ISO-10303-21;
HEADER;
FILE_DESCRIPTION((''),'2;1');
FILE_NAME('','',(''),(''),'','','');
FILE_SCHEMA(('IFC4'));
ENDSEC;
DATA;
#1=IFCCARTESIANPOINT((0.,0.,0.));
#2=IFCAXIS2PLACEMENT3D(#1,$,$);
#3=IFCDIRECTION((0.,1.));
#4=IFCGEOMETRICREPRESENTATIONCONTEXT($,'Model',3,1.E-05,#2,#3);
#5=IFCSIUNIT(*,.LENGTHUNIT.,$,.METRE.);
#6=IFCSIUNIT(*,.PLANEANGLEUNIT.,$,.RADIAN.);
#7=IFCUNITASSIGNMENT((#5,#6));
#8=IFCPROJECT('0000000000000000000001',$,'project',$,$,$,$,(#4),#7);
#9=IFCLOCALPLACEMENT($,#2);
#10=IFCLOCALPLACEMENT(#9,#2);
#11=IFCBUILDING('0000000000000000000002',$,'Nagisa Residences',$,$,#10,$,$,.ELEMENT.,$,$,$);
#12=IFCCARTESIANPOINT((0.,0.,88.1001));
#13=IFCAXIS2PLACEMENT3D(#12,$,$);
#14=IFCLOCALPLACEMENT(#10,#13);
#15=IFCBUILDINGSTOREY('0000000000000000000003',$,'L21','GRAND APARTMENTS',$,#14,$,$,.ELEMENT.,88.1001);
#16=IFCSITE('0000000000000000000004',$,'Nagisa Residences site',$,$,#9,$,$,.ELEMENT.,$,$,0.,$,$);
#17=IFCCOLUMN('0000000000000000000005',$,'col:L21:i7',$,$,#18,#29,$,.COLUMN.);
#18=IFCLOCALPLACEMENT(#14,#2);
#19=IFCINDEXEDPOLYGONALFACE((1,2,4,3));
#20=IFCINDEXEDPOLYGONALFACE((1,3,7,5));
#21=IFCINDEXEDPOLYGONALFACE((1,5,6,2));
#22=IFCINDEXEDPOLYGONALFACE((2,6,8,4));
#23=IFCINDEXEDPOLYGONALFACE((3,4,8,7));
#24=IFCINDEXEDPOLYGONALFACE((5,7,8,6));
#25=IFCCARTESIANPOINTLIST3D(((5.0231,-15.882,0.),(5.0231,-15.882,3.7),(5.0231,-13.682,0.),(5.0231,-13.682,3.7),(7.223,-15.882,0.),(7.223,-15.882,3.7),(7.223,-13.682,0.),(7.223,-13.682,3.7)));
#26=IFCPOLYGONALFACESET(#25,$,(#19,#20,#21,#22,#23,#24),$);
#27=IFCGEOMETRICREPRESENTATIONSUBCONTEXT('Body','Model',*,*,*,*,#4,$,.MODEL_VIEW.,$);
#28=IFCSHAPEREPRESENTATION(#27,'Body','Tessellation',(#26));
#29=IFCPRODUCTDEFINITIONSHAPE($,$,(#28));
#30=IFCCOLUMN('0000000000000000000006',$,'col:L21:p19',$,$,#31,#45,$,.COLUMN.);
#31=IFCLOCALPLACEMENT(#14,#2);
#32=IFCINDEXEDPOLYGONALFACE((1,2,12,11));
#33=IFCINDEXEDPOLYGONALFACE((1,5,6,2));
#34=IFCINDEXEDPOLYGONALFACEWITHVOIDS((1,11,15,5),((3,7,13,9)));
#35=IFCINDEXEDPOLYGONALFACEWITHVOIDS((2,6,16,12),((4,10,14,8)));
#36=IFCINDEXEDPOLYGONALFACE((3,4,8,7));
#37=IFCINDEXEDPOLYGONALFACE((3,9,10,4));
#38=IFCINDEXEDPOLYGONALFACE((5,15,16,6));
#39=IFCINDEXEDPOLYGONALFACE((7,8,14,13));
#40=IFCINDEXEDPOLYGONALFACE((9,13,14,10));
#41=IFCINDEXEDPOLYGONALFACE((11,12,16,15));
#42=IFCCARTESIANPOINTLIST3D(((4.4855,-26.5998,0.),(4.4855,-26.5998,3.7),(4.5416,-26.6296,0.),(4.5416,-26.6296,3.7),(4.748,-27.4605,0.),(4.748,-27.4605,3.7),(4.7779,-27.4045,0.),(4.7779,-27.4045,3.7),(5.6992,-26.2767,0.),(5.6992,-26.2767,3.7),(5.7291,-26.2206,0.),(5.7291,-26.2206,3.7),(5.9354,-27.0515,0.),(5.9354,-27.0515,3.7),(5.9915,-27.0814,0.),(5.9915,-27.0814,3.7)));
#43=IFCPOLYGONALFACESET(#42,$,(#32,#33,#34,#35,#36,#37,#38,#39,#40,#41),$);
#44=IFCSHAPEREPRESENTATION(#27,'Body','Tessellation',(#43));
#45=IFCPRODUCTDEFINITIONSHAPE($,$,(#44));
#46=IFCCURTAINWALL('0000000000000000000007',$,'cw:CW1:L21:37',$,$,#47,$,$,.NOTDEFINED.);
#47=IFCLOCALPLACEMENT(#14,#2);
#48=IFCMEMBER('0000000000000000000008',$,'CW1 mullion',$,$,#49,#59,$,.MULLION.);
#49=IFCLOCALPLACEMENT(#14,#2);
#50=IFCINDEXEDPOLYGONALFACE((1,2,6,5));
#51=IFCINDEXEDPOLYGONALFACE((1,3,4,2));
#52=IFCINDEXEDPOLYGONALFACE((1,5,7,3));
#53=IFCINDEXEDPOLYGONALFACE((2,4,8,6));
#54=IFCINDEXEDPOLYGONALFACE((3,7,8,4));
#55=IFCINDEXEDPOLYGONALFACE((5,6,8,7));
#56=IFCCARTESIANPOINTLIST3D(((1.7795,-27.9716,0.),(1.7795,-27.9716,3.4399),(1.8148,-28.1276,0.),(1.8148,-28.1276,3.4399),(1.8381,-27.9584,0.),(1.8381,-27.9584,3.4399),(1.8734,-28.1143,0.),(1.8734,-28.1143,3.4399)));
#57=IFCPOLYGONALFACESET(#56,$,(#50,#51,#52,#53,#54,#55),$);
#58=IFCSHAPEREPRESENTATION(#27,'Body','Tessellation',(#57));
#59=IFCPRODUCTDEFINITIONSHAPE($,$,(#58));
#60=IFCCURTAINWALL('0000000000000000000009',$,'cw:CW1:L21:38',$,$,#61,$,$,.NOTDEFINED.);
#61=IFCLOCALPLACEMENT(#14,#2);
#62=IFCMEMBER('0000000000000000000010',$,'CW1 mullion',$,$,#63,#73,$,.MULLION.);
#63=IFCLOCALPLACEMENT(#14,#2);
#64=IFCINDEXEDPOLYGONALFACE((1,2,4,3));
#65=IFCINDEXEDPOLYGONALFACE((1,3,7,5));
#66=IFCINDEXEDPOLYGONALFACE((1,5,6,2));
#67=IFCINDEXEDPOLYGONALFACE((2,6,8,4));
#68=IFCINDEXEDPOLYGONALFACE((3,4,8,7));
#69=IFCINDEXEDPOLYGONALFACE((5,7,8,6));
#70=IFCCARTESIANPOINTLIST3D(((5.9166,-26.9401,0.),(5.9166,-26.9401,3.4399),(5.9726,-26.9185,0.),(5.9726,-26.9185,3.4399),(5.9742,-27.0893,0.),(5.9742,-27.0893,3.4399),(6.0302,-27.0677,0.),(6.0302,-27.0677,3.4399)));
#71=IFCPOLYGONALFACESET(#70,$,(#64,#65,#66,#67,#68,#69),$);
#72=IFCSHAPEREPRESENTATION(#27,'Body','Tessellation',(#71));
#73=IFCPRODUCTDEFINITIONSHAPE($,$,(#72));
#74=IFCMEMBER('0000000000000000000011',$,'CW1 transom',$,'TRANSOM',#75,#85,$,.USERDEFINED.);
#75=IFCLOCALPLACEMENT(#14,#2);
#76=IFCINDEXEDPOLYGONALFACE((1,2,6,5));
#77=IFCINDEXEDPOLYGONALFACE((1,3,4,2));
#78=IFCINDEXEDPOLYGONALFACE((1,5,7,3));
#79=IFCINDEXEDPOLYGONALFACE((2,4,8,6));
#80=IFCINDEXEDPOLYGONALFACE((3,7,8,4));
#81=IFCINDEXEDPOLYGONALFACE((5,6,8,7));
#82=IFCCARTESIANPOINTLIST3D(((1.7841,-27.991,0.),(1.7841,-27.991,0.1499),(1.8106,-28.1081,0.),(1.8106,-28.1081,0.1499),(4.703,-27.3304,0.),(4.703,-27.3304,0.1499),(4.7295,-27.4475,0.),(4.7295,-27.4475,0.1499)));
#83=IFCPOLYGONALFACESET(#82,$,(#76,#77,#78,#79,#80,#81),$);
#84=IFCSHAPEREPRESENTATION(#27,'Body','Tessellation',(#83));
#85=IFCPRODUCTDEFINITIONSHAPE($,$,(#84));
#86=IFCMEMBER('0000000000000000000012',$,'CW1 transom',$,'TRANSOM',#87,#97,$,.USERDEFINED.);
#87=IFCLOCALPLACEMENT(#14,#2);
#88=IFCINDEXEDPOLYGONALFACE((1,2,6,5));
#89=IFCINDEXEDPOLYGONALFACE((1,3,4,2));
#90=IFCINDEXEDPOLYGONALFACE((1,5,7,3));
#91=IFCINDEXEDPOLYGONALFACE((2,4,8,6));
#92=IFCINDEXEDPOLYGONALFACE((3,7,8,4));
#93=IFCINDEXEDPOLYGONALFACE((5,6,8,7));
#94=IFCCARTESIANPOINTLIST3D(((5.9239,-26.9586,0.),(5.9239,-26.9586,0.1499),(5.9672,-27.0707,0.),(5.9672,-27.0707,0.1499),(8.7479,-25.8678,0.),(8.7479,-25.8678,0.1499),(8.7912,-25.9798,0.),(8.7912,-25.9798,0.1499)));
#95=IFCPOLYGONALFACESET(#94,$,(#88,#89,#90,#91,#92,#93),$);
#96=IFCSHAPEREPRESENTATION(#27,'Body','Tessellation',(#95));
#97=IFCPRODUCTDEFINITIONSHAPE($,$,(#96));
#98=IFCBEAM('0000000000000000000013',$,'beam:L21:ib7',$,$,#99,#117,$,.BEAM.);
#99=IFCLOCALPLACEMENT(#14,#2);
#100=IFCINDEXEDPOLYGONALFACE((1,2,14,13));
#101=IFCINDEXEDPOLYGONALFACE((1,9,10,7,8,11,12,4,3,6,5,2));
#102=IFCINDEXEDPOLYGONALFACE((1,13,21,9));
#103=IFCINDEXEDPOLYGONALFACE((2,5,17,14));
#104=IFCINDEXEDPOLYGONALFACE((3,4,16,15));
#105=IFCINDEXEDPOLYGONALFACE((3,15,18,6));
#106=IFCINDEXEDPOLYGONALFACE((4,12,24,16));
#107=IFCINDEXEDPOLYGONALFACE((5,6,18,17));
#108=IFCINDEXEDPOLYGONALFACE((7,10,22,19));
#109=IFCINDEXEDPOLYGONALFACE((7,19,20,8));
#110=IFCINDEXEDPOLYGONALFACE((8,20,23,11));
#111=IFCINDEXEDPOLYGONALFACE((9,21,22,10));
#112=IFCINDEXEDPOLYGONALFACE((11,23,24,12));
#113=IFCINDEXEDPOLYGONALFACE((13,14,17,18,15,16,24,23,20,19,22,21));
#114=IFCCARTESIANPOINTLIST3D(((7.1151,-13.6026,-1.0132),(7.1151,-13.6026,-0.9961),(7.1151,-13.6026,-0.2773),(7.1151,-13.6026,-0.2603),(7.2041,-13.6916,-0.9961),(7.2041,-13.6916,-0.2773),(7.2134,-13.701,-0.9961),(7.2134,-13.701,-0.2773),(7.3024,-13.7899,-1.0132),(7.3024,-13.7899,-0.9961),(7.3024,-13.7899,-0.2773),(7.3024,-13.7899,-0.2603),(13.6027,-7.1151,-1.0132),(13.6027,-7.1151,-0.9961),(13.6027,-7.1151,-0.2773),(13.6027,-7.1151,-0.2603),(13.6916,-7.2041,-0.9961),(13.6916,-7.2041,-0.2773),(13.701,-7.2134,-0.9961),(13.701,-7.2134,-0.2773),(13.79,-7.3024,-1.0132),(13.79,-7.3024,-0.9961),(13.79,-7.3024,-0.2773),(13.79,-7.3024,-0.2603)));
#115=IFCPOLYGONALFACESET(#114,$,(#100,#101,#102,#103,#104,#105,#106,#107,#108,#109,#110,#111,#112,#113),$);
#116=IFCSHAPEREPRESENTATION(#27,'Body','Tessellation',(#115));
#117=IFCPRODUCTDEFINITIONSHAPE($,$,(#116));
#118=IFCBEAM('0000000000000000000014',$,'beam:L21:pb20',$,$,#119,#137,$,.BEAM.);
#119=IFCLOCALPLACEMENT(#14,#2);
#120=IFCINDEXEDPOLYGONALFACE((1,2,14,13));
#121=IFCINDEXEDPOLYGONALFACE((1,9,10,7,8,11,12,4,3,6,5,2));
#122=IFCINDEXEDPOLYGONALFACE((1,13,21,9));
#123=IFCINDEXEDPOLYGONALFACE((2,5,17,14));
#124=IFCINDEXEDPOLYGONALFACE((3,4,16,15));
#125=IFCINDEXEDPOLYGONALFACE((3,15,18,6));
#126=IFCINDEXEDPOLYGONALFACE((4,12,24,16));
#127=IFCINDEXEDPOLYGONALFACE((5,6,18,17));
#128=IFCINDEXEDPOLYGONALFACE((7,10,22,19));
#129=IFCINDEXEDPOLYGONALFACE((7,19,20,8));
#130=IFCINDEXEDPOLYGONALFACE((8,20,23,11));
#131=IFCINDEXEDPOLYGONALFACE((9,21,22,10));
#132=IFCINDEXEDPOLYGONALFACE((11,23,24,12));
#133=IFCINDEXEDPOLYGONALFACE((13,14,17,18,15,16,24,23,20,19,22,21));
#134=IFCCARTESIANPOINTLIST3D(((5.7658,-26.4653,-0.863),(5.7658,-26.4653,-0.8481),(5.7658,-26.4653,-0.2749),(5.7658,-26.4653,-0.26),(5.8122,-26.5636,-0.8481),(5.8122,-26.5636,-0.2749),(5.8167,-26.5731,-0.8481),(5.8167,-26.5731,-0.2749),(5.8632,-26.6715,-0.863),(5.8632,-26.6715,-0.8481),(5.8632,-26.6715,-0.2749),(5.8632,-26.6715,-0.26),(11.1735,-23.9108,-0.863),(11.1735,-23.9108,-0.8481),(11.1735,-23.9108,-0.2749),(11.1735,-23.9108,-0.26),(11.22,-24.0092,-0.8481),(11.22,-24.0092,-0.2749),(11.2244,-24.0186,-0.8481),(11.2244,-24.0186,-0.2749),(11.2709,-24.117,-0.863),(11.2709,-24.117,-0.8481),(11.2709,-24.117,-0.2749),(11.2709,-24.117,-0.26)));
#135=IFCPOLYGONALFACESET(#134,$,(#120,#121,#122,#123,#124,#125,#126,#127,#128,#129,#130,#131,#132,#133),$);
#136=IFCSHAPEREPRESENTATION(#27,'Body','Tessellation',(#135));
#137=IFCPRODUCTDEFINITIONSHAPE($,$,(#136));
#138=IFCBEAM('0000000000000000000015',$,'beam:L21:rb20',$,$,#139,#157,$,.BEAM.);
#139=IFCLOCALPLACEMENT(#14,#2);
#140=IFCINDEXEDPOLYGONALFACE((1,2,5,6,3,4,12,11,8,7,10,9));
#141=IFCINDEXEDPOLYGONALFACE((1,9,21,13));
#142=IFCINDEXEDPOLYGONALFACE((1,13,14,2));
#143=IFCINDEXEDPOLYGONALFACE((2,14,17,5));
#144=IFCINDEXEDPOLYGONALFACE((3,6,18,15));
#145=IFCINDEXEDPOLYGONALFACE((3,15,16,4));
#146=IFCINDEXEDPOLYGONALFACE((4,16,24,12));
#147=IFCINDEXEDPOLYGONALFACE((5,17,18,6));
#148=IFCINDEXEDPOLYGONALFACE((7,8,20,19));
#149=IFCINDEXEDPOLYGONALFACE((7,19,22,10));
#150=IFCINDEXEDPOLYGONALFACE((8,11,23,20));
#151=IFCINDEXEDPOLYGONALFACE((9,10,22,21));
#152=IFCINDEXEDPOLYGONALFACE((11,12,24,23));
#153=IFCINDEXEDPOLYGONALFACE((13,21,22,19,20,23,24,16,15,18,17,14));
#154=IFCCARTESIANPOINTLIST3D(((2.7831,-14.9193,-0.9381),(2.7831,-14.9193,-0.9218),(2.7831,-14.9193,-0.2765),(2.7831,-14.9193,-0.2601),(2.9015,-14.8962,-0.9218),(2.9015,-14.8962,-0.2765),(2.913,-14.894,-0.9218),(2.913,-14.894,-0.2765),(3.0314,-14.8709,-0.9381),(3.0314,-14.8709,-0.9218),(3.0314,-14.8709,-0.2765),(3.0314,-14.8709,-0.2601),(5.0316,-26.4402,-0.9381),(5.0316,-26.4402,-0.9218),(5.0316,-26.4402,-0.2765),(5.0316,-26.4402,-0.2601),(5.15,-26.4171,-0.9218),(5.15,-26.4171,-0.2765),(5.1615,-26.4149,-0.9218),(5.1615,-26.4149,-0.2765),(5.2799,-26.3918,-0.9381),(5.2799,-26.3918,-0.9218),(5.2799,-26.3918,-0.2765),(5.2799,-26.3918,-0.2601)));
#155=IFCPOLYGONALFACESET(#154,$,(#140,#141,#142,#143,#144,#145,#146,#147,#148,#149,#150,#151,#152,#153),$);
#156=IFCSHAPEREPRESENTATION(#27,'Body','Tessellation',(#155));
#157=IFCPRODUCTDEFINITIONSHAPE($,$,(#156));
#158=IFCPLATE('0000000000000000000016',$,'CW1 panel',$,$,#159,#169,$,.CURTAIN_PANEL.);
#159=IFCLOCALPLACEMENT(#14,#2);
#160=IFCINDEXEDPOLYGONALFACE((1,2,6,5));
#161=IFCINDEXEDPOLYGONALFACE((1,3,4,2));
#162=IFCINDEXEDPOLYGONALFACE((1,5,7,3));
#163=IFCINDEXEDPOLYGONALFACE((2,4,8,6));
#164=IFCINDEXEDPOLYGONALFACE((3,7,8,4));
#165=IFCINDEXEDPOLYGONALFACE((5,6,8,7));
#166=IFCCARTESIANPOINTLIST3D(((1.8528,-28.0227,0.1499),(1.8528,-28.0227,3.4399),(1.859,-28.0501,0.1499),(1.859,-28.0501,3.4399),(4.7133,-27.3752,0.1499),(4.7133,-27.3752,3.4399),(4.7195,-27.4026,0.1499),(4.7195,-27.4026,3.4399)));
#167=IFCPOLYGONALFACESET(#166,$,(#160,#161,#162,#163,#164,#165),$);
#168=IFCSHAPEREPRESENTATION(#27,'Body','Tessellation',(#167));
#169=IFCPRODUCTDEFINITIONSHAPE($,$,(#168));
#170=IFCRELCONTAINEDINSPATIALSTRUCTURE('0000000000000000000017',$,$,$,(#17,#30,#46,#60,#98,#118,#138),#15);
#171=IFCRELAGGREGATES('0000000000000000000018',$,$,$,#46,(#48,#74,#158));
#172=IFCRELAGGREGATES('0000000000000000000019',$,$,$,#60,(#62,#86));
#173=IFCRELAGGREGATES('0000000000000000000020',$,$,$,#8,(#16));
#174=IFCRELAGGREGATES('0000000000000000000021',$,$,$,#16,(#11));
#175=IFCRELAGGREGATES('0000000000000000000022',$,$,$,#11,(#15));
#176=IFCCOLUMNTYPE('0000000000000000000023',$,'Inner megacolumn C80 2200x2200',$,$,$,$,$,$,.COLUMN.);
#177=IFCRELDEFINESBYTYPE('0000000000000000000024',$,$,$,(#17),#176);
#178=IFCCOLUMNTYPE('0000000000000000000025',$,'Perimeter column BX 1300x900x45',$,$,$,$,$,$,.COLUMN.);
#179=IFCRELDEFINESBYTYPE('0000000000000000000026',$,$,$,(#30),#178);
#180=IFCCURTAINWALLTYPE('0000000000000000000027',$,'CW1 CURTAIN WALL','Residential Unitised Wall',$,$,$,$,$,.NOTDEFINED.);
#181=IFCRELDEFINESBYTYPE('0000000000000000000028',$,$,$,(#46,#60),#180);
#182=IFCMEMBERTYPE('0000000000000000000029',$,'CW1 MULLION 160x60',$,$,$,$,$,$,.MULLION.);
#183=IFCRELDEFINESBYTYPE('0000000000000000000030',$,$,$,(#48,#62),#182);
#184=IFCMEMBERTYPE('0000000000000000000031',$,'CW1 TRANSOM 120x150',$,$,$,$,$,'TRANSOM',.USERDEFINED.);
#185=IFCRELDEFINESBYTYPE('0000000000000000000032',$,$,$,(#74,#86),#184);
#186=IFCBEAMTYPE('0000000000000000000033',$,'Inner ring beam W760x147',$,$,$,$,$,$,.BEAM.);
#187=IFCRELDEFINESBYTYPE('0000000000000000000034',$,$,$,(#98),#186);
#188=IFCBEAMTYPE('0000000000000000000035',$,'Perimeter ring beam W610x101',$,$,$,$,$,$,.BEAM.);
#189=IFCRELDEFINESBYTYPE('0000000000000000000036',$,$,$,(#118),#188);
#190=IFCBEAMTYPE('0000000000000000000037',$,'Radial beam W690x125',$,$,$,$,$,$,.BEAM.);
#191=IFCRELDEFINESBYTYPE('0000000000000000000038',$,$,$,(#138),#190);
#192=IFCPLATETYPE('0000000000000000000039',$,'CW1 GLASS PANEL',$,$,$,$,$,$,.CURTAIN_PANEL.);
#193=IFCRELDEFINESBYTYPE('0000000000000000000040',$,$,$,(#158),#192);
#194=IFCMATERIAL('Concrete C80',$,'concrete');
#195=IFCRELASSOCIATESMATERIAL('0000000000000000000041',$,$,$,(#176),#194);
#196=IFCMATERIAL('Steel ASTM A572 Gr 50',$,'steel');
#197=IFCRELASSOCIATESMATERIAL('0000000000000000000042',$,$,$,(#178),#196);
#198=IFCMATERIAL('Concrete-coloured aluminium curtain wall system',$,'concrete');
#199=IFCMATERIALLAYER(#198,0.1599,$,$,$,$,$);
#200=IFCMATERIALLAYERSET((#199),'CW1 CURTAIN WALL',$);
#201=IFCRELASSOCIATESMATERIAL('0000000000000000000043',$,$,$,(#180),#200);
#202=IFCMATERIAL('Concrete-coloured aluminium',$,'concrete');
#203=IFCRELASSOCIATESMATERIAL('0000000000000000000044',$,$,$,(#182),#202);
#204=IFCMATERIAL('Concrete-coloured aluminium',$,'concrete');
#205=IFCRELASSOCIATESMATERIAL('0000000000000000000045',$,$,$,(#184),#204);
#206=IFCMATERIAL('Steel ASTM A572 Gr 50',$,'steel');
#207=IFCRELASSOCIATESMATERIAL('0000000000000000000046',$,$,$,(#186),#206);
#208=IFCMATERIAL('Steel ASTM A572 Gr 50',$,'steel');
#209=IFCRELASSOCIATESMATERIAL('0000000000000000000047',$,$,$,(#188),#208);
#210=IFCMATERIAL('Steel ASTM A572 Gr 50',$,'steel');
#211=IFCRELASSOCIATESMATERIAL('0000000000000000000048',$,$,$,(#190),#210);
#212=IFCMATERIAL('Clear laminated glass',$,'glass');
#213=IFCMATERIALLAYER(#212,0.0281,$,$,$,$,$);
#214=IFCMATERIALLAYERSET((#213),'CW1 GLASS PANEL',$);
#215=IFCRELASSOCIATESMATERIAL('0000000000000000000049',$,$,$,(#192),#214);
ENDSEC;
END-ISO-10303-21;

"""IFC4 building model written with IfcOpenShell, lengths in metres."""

from ifc_helpers import new_model, si_unit, direction, frame, origin, origin_2d, place, context, subcontext, project, spatial, rectangle, hollow_rectangle, i_section, extrude, material, layer, layer_set, material_profile, profile_set, type_object, element, aggregate, save


model = new_model("IFC4")

# Units and contexts
model_context = context("Model", 3, precision=1e-05, world=origin(), true_north=direction((0.0, 1.0)))
body_context = subcontext(model_context, "Body", "Model", "MODEL_VIEW")
ifc_project = project(units=[si_unit("LENGTHUNIT", "METRE"), si_unit("PLANEANGLEUNIT", "RADIAN")], contexts=[model_context])

# Site, building, storey
site_placement = place(None, origin())
site = spatial("IfcSite", under=ifc_project, at=site_placement, Name="Nagisa Residences site", CompositionType="ELEMENT", RefElevation=0.0)
building_placement = place(site_placement, origin())
building = spatial("IfcBuilding", under=site, at=building_placement, Name="Nagisa Residences", CompositionType="ELEMENT")
storey_placement = place(building_placement, frame((0.0, 0.0, 88.1001)))
storey = spatial("IfcBuildingStorey", under=building, at=storey_placement, Name="L21", Description="GRAND APARTMENTS", CompositionType="ELEMENT", Elevation=88.1001)

# Columns
ifc_material_1 = material(Name="Concrete C80", Category="concrete")
ifc_material_profile_1 = material_profile(ifc_material_1, rectangle(XDim=2.2, YDim=2.2, at=origin_2d()), Name="C80 2200x2200")
ifc_profile_set_1 = profile_set([ifc_material_profile_1], Name="Concrete C80")
column_type_1 = type_object("IfcColumnType", Name="Inner megacolumn C80 2200x2200", PredefinedType="COLUMN", material=ifc_profile_set_1)
column_1_placement = place(storey_placement, frame((6.123, -14.782, 0.0), z_axis=(0.0, 0.0, 1.0), x_axis=(1.0, 0.0, 0.0)))
element("IfcColumn", 1, at=column_1_placement, inside=storey, type_object=column_type_1, Name="col:L21:i7", PredefinedType="COLUMN", context=body_context, shape_type="SweptSolid", body=[
    extrude(rectangle(XDim=2.2, YDim=2.2, at=origin_2d()), origin(), (0.0, 0.0, 1.0), 3.7),
])
ifc_material_2 = material(Name="Steel ASTM A572 Gr 50", Category="steel")
ifc_material_profile_2 = material_profile(ifc_material_2, hollow_rectangle(XDim=1.3, YDim=0.8999, WallThickness=0.0449, at=origin_2d()), Name="BX 1300x900x45")
ifc_profile_set_2 = profile_set([ifc_material_profile_2], Name="Steel ASTM A572 Gr 50")
column_type_2 = type_object("IfcColumnType", Name="Perimeter column BX 1300x900x45", PredefinedType="COLUMN", material=ifc_profile_set_2)
column_2_placement = place(storey_placement, frame((5.2385, -26.8406, 0.0), z_axis=(0.0, 0.0, 1.0), x_axis=(0.956525, 0.291652, 0.0)))
element("IfcColumn", 2, at=column_2_placement, inside=storey, type_object=column_type_2, Name="col:L21:p19", PredefinedType="COLUMN", context=body_context, shape_type="SweptSolid", body=[
    extrude(hollow_rectangle(XDim=1.3, YDim=0.8999, WallThickness=0.0449, at=origin_2d()), origin(), (0.0, 0.0, 1.0), 3.7),
])

# Curtain walls, members
ifc_material_3 = material(Name="Concrete-coloured aluminium curtain wall system", Category="concrete")
ifc_layer_1 = layer(ifc_material_3, 0.1599)
ifc_layer_set_1 = layer_set([ifc_layer_1], Name="CW1 CURTAIN WALL")
curtain_wall_type = type_object("IfcCurtainWallType", Name="CW1 CURTAIN WALL", Description="Residential Unitised Wall", PredefinedType="NOTDEFINED", material=ifc_layer_set_1)
curtain_wall_1_placement = place(storey_placement, origin())
curtain_wall_1 = element("IfcCurtainWall", 3, at=curtain_wall_1_placement, inside=storey, type_object=curtain_wall_type, Name="cw:CW1:L21:37", PredefinedType="NOTDEFINED")
ifc_material_4 = material(Name="Concrete-coloured aluminium", Category="concrete")
ifc_material_profile_3 = material_profile(ifc_material_4, rectangle(XDim=0.1599, YDim=0.0601, at=origin_2d()), Name="CW1 MULLION 160x60")
ifc_profile_set_3 = profile_set([ifc_material_profile_3], Name="Concrete-coloured aluminium")
member_type_1 = type_object("IfcMemberType", Name="CW1 MULLION 160x60", PredefinedType="MULLION", material=ifc_profile_set_3)
member_1_placement = place(storey_placement, frame((1.8264, -28.043, 0.0), z_axis=(0.0, 0.0, 1.0), x_axis=(-0.220764, 0.975327, 0.0)))
member_1 = element("IfcMember", 4, at=member_1_placement, type_object=member_type_1, Name="CW1 mullion", PredefinedType="MULLION", context=body_context, shape_type="SweptSolid", body=[
    extrude(rectangle(XDim=0.1599, YDim=0.0601, at=origin_2d()), origin(), (0.0, 0.0, 1.0), 3.4399),
])
curtain_wall_2_placement = place(storey_placement, origin())
curtain_wall_2 = element("IfcCurtainWall", 5, at=curtain_wall_2_placement, inside=storey, type_object=curtain_wall_type, Name="cw:CW1:L21:38", PredefinedType="NOTDEFINED")
member_2_placement = place(storey_placement, frame((5.9734, -27.0039, 0.0), z_axis=(0.0, 0.0, 1.0), x_axis=(-0.360328, 0.932826, 0.0)))
member_2 = element("IfcMember", 6, at=member_2_placement, type_object=member_type_1, Name="CW1 mullion", PredefinedType="MULLION", context=body_context, shape_type="SweptSolid", body=[
    extrude(rectangle(XDim=0.1599, YDim=0.0601, at=origin_2d()), origin(), (0.0, 0.0, 1.0), 3.4399),
])

# Members
ifc_material_5 = material(Name="Concrete-coloured aluminium", Category="concrete")
ifc_material_profile_4 = material_profile(ifc_material_5, rectangle(XDim=0.1201, YDim=0.1499, at=origin_2d()), Name="CW1 TRANSOM 120x150")
ifc_profile_set_4 = profile_set([ifc_material_profile_4], Name="Concrete-coloured aluminium")
member_type_2 = type_object("IfcMemberType", Name="CW1 TRANSOM 120x150", ElementType="TRANSOM", PredefinedType="USERDEFINED", material=ifc_profile_set_4)
member_3_placement = place(storey_placement, frame((1.7974, -28.0496, 0.075), z_axis=(0.975331, 0.220747, 0.0), x_axis=(-0.220747, 0.975331, 0.0)))
member_3 = element("IfcMember", 7, at=member_3_placement, type_object=member_type_2, Name="CW1 transom", ObjectType="TRANSOM", PredefinedType="USERDEFINED", context=body_context, shape_type="SweptSolid", body=[
    extrude(rectangle(XDim=0.1201, YDim=0.1499, at=origin_2d()), origin(), (0.0, 0.0, 1.0), 2.9927),
])
member_4_placement = place(storey_placement, frame((5.9456, -27.0146, 0.075), z_axis=(0.932827, 0.360324, 0.0), x_axis=(-0.360324, 0.932827, 0.0)))
member_4 = element("IfcMember", 8, at=member_4_placement, type_object=member_type_2, Name="CW1 transom", ObjectType="TRANSOM", PredefinedType="USERDEFINED", context=body_context, shape_type="SweptSolid", body=[
    extrude(rectangle(XDim=0.1201, YDim=0.1499, at=origin_2d()), origin(), (0.0, 0.0, 1.0), 3.0273),
])

# Beams
ifc_material_6 = material(Name="Steel ASTM A572 Gr 50", Category="steel")
ifc_material_profile_5 = material_profile(ifc_material_6, i_section(OverallWidth=0.2649, OverallDepth=0.7529, WebThickness=0.0132, FlangeThickness=0.0171, at=origin_2d()), Name="W760x147")
ifc_profile_set_5 = profile_set([ifc_material_profile_5], Name="Steel ASTM A572 Gr 50")
beam_type_1 = type_object("IfcBeamType", Name="Inner ring beam W760x147", PredefinedType="BEAM", material=ifc_profile_set_5)
beam_1_placement = place(storey_placement, frame((7.2087, -13.6963, -0.6367), z_axis=(0.707107, 0.707107, 0.0), x_axis=(-0.707107, 0.707107, 0.0)))
element("IfcBeam", 9, at=beam_1_placement, inside=storey, type_object=beam_type_1, Name="beam:L21:ib7", PredefinedType="BEAM", context=body_context, shape_type="SweptSolid", body=[
    extrude(i_section(OverallWidth=0.2649, OverallDepth=0.7529, WebThickness=0.0132, FlangeThickness=0.0171, at=origin_2d()), origin(), (0.0, 0.0, 1.0), 9.1748),
])
ifc_material_7 = material(Name="Steel ASTM A572 Gr 50", Category="steel")
ifc_material_profile_6 = material_profile(ifc_material_7, i_section(OverallWidth=0.228, OverallDepth=0.603, WebThickness=0.0105, FlangeThickness=0.0149, at=origin_2d()), Name="W610x101")
ifc_profile_set_6 = profile_set([ifc_material_profile_6], Name="Steel ASTM A572 Gr 50")
beam_type_2 = type_object("IfcBeamType", Name="Perimeter ring beam W610x101", PredefinedType="BEAM", material=ifc_profile_set_6)
beam_2_placement = place(storey_placement, frame((5.8145, -26.5684, -0.5615), z_axis=(0.904197, 0.427116, 0.0), x_axis=(-0.427116, 0.904197, 0.0)))
element("IfcBeam", 10, at=beam_2_placement, inside=storey, type_object=beam_type_2, Name="beam:L21:pb20", PredefinedType="BEAM", context=body_context, shape_type="SweptSolid", body=[
    extrude(i_section(OverallWidth=0.228, OverallDepth=0.603, WebThickness=0.0105, FlangeThickness=0.0149, at=origin_2d()), origin(), (0.0, 0.0, 1.0), 5.9807),
])
ifc_material_8 = material(Name="Steel ASTM A572 Gr 50", Category="steel")
ifc_material_profile_7 = material_profile(ifc_material_8, i_section(OverallWidth=0.2529, OverallDepth=0.678, WebThickness=0.0117, FlangeThickness=0.0164, at=origin_2d()), Name="W690x125")
ifc_profile_set_7 = profile_set([ifc_material_profile_7], Name="Steel ASTM A572 Gr 50")
beam_type_3 = type_object("IfcBeamType", Name="Radial beam W690x125", PredefinedType="BEAM", material=ifc_profile_set_7)
beam_3_placement = place(storey_placement, frame((5.1558, -26.416, -0.5991), z_axis=(-0.191554, 0.981482, 0.0), x_axis=(-0.981482, -0.191554, 0.0)))
element("IfcBeam", 11, at=beam_3_placement, inside=storey, type_object=beam_type_3, Name="beam:L21:rb20", PredefinedType="BEAM", context=body_context, shape_type="SweptSolid", body=[
    extrude(i_section(OverallWidth=0.2529, OverallDepth=0.678, WebThickness=0.0117, FlangeThickness=0.0164, at=origin_2d()), origin(), (0.0, 0.0, 1.0), 11.7383),
])

# Plate
ifc_material_9 = material(Name="Clear laminated glass", Category="glass")
ifc_layer_2 = layer(ifc_material_9, 0.0281)
ifc_layer_set_2 = layer_set([ifc_layer_2], Name="CW1 GLASS PANEL")
plate_type = type_object("IfcPlateType", Name="CW1 GLASS PANEL", PredefinedType="CURTAIN_PANEL", material=ifc_layer_set_2)
plate_1_placement = place(storey_placement, frame((3.2861, -27.7126, 0.1499), z_axis=(0.0, 0.0, 1.0), x_axis=(0.975327, 0.220764, 0.0)))
plate_1 = element("IfcPlate", 12, at=plate_1_placement, type_object=plate_type, Name="CW1 panel", PredefinedType="CURTAIN_PANEL", context=body_context, shape_type="SweptSolid", body=[
    extrude(rectangle(XDim=2.9329, YDim=0.0281, at=origin_2d()), origin(), (0.0, 0.0, 1.0), 3.29),
])
aggregate(curtain_wall_1, [member_1, member_3, plate_1])
aggregate(curtain_wall_2, [member_2, member_4])

save(model, "model.ifc")
